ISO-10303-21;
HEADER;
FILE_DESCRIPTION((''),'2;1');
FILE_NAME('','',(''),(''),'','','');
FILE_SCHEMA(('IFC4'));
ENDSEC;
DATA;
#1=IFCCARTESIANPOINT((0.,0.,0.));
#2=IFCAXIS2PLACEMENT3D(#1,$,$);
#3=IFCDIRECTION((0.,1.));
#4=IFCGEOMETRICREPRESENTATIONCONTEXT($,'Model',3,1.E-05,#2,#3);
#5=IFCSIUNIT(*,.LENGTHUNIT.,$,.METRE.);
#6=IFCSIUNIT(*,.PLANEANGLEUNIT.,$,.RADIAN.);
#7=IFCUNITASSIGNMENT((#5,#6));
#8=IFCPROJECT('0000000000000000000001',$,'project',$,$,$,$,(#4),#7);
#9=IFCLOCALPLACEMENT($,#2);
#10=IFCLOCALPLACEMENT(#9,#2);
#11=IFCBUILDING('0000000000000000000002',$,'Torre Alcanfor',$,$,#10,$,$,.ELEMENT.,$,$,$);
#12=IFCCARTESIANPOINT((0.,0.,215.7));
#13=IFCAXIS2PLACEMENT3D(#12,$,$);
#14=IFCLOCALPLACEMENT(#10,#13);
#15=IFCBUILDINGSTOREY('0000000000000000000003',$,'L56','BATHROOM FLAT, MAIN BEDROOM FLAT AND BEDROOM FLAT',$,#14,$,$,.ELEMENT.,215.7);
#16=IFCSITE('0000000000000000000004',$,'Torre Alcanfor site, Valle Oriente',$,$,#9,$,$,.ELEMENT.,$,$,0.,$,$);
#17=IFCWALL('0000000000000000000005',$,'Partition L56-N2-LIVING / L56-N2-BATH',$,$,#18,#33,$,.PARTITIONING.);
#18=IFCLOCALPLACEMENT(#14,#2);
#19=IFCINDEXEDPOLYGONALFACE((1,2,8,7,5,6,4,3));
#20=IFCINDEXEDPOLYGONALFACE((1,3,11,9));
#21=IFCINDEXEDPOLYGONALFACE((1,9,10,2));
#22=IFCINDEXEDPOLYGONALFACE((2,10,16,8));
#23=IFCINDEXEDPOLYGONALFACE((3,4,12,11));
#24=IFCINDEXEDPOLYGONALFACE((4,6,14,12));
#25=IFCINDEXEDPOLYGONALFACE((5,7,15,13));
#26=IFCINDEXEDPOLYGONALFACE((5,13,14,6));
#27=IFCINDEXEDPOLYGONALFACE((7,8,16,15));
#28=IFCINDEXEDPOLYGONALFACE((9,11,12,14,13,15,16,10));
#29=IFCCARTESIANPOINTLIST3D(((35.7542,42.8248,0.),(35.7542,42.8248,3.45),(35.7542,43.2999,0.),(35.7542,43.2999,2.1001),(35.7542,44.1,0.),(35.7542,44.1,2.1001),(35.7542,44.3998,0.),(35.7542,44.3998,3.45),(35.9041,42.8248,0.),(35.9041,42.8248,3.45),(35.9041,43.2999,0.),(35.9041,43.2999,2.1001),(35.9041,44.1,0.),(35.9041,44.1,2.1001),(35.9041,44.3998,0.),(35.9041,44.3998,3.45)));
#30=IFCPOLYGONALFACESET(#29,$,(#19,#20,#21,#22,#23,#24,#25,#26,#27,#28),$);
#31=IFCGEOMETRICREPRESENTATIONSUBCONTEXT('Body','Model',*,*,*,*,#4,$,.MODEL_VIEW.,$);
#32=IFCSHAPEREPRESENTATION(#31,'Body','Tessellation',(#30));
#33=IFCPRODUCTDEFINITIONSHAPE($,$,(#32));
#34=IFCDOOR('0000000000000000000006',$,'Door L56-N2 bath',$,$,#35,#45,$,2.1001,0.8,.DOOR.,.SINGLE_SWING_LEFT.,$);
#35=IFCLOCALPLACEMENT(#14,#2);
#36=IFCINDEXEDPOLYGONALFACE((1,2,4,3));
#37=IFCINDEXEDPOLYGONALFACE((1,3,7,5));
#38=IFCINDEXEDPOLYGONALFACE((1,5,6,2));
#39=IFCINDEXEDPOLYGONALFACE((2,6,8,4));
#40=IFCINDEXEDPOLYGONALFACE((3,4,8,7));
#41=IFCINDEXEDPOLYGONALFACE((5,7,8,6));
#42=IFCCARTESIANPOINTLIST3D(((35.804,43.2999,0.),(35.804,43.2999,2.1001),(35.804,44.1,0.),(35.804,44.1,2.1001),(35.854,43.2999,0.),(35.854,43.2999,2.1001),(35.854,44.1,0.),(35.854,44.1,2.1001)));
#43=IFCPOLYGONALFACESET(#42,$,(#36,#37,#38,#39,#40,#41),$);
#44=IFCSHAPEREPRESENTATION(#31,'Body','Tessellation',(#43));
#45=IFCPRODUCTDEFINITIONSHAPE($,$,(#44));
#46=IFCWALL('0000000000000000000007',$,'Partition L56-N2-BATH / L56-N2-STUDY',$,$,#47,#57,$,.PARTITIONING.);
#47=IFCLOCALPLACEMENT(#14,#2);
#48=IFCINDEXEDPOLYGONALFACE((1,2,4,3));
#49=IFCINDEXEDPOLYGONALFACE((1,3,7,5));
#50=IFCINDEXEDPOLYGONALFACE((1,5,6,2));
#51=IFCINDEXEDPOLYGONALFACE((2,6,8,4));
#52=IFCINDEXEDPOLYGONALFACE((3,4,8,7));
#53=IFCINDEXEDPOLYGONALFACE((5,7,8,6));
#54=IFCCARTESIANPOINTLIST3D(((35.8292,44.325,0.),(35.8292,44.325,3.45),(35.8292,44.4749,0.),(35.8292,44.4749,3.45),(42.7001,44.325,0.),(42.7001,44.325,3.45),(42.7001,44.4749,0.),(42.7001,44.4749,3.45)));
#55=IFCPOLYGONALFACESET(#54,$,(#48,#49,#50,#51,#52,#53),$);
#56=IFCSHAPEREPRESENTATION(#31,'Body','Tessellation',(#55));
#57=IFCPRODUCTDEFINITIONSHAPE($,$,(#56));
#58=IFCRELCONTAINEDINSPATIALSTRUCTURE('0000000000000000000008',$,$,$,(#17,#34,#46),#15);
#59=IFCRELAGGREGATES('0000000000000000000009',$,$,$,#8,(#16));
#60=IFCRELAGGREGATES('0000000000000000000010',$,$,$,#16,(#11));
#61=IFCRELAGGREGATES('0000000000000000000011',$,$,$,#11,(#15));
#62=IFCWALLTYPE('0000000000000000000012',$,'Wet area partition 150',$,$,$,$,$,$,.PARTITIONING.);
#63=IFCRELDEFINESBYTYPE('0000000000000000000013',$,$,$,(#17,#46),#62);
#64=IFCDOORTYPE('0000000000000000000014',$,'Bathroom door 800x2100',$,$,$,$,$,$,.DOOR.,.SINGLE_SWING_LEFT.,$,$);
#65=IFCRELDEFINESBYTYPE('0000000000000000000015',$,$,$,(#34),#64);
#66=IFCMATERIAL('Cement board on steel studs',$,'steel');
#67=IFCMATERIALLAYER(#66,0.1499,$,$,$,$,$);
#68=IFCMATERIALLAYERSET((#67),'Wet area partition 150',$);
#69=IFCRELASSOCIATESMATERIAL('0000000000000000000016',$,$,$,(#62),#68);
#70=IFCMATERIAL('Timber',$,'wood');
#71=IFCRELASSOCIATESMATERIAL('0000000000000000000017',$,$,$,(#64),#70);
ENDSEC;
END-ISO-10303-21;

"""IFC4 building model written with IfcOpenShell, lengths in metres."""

from ifc_helpers import new_model, si_unit, direction, frame, frame_2d, origin, place, context, subcontext, project, spatial, rectangle, extrude, material, layer, layer_set, type_object, element, fill, save


model = new_model("IFC4")

# Units and contexts
model_context = context("Model", 3, precision=1e-05, world=origin(), true_north=direction((0.0, 1.0)))
body_context = subcontext(model_context, "Body", "Model", "MODEL_VIEW")
ifc_project = project(units=[si_unit("LENGTHUNIT", "METRE"), si_unit("PLANEANGLEUNIT", "RADIAN")], contexts=[model_context])

# Site, building, storey
site_placement = place(None, origin())
site = spatial("IfcSite", under=ifc_project, at=site_placement, Name="Torre Alcanfor site, Valle Oriente", CompositionType="ELEMENT", RefElevation=0.0)
building_placement = place(site_placement, origin())
building = spatial("IfcBuilding", under=site, at=building_placement, Name="Torre Alcanfor", CompositionType="ELEMENT")
storey_placement = place(building_placement, frame((0.0, 0.0, 215.7)))
storey = spatial("IfcBuildingStorey", under=building, at=storey_placement, Name="L56", Description="BATHROOM FLAT, MAIN BEDROOM FLAT AND BEDROOM FLAT", CompositionType="ELEMENT", Elevation=215.7)

# Wall, opening, door
ifc_material_1 = material(Name="Cement board on steel studs", Category="steel")
ifc_layer_1 = layer(ifc_material_1, 0.1499)
ifc_layer_set_1 = layer_set([ifc_layer_1], Name="Wet area partition 150")
wall_type_1 = type_object("IfcWallType", Name="Wet area partition 150", PredefinedType="PARTITIONING", material=ifc_layer_set_1)
wall_1_placement = place(storey_placement, frame((35.8291, 44.3999, 0.0), z_axis=(0.0, 0.0, 1.0), x_axis=(0.0, -1.0, 0.0)))
wall_1 = element("IfcWall", 1, at=wall_1_placement, inside=storey, type_object=wall_type_1, Name="Partition L56-N2-LIVING / L56-N2-BATH", PredefinedType="PARTITIONING", context=body_context, shape_type="SweptSolid", body=[
    extrude(rectangle(XDim=1.575, YDim=0.1499, at=frame_2d((0.7876, 0.0))), origin(), (0.0, 0.0, 1.0), 3.45),
])
opening_1_placement = place(wall_1_placement, frame((0.3, 0.0, 0.0)))
opening_1 = element("IfcOpeningElement", 2, at=opening_1_placement, cuts=wall_1, PredefinedType="OPENING", context=body_context, shape_type="SweptSolid", body=[
    extrude(rectangle(XDim=0.8, YDim=2.1001, at=frame_2d((0.3999, 1.05))), frame((0.0, 0.085, 0.0), z_axis=(0.0, -1.0, 0.0), x_axis=(1.0, 0.0, 0.0)), (0.0, 0.0, 1.0), 0.1699),
])
ifc_material_2 = material(Name="Timber", Category="wood")
door_type_1 = type_object("IfcDoorType", Name="Bathroom door 800x2100", OperationType="SINGLE_SWING_LEFT", PredefinedType="DOOR", material=ifc_material_2)
door_1_placement = place(opening_1_placement, origin())
door_1 = element("IfcDoor", 3, at=door_1_placement, inside=storey, type_object=door_type_1, Name="Door L56-N2 bath", OperationType="SINGLE_SWING_LEFT", OverallHeight=2.1001, OverallWidth=0.8, PredefinedType="DOOR", context=body_context, shape_type="SweptSolid", body=[
    extrude(rectangle(XDim=0.8, YDim=2.1001, at=frame_2d((0.3999, 1.05))), frame((0.0, 0.0249, 0.0), z_axis=(0.0, -1.0, 0.0), x_axis=(1.0, 0.0, 0.0)), (0.0, 0.0, 1.0), 0.05),
])
fill(opening_1, door_1)

# Wall
wall_2_placement = place(storey_placement, frame((35.8291, 44.3999, 0.0), z_axis=(0.0, 0.0, 1.0), x_axis=(1.0, 0.0, 0.0)))
element("IfcWall", 4, at=wall_2_placement, inside=storey, type_object=wall_type_1, Name="Partition L56-N2-BATH / L56-N2-STUDY", PredefinedType="PARTITIONING", context=body_context, shape_type="SweptSolid", body=[
    extrude(rectangle(XDim=6.8708, YDim=0.1499, at=frame_2d((3.4355, 0.0))), origin(), (0.0, 0.0, 1.0), 3.45),
])

save(model, "model.ifc")
